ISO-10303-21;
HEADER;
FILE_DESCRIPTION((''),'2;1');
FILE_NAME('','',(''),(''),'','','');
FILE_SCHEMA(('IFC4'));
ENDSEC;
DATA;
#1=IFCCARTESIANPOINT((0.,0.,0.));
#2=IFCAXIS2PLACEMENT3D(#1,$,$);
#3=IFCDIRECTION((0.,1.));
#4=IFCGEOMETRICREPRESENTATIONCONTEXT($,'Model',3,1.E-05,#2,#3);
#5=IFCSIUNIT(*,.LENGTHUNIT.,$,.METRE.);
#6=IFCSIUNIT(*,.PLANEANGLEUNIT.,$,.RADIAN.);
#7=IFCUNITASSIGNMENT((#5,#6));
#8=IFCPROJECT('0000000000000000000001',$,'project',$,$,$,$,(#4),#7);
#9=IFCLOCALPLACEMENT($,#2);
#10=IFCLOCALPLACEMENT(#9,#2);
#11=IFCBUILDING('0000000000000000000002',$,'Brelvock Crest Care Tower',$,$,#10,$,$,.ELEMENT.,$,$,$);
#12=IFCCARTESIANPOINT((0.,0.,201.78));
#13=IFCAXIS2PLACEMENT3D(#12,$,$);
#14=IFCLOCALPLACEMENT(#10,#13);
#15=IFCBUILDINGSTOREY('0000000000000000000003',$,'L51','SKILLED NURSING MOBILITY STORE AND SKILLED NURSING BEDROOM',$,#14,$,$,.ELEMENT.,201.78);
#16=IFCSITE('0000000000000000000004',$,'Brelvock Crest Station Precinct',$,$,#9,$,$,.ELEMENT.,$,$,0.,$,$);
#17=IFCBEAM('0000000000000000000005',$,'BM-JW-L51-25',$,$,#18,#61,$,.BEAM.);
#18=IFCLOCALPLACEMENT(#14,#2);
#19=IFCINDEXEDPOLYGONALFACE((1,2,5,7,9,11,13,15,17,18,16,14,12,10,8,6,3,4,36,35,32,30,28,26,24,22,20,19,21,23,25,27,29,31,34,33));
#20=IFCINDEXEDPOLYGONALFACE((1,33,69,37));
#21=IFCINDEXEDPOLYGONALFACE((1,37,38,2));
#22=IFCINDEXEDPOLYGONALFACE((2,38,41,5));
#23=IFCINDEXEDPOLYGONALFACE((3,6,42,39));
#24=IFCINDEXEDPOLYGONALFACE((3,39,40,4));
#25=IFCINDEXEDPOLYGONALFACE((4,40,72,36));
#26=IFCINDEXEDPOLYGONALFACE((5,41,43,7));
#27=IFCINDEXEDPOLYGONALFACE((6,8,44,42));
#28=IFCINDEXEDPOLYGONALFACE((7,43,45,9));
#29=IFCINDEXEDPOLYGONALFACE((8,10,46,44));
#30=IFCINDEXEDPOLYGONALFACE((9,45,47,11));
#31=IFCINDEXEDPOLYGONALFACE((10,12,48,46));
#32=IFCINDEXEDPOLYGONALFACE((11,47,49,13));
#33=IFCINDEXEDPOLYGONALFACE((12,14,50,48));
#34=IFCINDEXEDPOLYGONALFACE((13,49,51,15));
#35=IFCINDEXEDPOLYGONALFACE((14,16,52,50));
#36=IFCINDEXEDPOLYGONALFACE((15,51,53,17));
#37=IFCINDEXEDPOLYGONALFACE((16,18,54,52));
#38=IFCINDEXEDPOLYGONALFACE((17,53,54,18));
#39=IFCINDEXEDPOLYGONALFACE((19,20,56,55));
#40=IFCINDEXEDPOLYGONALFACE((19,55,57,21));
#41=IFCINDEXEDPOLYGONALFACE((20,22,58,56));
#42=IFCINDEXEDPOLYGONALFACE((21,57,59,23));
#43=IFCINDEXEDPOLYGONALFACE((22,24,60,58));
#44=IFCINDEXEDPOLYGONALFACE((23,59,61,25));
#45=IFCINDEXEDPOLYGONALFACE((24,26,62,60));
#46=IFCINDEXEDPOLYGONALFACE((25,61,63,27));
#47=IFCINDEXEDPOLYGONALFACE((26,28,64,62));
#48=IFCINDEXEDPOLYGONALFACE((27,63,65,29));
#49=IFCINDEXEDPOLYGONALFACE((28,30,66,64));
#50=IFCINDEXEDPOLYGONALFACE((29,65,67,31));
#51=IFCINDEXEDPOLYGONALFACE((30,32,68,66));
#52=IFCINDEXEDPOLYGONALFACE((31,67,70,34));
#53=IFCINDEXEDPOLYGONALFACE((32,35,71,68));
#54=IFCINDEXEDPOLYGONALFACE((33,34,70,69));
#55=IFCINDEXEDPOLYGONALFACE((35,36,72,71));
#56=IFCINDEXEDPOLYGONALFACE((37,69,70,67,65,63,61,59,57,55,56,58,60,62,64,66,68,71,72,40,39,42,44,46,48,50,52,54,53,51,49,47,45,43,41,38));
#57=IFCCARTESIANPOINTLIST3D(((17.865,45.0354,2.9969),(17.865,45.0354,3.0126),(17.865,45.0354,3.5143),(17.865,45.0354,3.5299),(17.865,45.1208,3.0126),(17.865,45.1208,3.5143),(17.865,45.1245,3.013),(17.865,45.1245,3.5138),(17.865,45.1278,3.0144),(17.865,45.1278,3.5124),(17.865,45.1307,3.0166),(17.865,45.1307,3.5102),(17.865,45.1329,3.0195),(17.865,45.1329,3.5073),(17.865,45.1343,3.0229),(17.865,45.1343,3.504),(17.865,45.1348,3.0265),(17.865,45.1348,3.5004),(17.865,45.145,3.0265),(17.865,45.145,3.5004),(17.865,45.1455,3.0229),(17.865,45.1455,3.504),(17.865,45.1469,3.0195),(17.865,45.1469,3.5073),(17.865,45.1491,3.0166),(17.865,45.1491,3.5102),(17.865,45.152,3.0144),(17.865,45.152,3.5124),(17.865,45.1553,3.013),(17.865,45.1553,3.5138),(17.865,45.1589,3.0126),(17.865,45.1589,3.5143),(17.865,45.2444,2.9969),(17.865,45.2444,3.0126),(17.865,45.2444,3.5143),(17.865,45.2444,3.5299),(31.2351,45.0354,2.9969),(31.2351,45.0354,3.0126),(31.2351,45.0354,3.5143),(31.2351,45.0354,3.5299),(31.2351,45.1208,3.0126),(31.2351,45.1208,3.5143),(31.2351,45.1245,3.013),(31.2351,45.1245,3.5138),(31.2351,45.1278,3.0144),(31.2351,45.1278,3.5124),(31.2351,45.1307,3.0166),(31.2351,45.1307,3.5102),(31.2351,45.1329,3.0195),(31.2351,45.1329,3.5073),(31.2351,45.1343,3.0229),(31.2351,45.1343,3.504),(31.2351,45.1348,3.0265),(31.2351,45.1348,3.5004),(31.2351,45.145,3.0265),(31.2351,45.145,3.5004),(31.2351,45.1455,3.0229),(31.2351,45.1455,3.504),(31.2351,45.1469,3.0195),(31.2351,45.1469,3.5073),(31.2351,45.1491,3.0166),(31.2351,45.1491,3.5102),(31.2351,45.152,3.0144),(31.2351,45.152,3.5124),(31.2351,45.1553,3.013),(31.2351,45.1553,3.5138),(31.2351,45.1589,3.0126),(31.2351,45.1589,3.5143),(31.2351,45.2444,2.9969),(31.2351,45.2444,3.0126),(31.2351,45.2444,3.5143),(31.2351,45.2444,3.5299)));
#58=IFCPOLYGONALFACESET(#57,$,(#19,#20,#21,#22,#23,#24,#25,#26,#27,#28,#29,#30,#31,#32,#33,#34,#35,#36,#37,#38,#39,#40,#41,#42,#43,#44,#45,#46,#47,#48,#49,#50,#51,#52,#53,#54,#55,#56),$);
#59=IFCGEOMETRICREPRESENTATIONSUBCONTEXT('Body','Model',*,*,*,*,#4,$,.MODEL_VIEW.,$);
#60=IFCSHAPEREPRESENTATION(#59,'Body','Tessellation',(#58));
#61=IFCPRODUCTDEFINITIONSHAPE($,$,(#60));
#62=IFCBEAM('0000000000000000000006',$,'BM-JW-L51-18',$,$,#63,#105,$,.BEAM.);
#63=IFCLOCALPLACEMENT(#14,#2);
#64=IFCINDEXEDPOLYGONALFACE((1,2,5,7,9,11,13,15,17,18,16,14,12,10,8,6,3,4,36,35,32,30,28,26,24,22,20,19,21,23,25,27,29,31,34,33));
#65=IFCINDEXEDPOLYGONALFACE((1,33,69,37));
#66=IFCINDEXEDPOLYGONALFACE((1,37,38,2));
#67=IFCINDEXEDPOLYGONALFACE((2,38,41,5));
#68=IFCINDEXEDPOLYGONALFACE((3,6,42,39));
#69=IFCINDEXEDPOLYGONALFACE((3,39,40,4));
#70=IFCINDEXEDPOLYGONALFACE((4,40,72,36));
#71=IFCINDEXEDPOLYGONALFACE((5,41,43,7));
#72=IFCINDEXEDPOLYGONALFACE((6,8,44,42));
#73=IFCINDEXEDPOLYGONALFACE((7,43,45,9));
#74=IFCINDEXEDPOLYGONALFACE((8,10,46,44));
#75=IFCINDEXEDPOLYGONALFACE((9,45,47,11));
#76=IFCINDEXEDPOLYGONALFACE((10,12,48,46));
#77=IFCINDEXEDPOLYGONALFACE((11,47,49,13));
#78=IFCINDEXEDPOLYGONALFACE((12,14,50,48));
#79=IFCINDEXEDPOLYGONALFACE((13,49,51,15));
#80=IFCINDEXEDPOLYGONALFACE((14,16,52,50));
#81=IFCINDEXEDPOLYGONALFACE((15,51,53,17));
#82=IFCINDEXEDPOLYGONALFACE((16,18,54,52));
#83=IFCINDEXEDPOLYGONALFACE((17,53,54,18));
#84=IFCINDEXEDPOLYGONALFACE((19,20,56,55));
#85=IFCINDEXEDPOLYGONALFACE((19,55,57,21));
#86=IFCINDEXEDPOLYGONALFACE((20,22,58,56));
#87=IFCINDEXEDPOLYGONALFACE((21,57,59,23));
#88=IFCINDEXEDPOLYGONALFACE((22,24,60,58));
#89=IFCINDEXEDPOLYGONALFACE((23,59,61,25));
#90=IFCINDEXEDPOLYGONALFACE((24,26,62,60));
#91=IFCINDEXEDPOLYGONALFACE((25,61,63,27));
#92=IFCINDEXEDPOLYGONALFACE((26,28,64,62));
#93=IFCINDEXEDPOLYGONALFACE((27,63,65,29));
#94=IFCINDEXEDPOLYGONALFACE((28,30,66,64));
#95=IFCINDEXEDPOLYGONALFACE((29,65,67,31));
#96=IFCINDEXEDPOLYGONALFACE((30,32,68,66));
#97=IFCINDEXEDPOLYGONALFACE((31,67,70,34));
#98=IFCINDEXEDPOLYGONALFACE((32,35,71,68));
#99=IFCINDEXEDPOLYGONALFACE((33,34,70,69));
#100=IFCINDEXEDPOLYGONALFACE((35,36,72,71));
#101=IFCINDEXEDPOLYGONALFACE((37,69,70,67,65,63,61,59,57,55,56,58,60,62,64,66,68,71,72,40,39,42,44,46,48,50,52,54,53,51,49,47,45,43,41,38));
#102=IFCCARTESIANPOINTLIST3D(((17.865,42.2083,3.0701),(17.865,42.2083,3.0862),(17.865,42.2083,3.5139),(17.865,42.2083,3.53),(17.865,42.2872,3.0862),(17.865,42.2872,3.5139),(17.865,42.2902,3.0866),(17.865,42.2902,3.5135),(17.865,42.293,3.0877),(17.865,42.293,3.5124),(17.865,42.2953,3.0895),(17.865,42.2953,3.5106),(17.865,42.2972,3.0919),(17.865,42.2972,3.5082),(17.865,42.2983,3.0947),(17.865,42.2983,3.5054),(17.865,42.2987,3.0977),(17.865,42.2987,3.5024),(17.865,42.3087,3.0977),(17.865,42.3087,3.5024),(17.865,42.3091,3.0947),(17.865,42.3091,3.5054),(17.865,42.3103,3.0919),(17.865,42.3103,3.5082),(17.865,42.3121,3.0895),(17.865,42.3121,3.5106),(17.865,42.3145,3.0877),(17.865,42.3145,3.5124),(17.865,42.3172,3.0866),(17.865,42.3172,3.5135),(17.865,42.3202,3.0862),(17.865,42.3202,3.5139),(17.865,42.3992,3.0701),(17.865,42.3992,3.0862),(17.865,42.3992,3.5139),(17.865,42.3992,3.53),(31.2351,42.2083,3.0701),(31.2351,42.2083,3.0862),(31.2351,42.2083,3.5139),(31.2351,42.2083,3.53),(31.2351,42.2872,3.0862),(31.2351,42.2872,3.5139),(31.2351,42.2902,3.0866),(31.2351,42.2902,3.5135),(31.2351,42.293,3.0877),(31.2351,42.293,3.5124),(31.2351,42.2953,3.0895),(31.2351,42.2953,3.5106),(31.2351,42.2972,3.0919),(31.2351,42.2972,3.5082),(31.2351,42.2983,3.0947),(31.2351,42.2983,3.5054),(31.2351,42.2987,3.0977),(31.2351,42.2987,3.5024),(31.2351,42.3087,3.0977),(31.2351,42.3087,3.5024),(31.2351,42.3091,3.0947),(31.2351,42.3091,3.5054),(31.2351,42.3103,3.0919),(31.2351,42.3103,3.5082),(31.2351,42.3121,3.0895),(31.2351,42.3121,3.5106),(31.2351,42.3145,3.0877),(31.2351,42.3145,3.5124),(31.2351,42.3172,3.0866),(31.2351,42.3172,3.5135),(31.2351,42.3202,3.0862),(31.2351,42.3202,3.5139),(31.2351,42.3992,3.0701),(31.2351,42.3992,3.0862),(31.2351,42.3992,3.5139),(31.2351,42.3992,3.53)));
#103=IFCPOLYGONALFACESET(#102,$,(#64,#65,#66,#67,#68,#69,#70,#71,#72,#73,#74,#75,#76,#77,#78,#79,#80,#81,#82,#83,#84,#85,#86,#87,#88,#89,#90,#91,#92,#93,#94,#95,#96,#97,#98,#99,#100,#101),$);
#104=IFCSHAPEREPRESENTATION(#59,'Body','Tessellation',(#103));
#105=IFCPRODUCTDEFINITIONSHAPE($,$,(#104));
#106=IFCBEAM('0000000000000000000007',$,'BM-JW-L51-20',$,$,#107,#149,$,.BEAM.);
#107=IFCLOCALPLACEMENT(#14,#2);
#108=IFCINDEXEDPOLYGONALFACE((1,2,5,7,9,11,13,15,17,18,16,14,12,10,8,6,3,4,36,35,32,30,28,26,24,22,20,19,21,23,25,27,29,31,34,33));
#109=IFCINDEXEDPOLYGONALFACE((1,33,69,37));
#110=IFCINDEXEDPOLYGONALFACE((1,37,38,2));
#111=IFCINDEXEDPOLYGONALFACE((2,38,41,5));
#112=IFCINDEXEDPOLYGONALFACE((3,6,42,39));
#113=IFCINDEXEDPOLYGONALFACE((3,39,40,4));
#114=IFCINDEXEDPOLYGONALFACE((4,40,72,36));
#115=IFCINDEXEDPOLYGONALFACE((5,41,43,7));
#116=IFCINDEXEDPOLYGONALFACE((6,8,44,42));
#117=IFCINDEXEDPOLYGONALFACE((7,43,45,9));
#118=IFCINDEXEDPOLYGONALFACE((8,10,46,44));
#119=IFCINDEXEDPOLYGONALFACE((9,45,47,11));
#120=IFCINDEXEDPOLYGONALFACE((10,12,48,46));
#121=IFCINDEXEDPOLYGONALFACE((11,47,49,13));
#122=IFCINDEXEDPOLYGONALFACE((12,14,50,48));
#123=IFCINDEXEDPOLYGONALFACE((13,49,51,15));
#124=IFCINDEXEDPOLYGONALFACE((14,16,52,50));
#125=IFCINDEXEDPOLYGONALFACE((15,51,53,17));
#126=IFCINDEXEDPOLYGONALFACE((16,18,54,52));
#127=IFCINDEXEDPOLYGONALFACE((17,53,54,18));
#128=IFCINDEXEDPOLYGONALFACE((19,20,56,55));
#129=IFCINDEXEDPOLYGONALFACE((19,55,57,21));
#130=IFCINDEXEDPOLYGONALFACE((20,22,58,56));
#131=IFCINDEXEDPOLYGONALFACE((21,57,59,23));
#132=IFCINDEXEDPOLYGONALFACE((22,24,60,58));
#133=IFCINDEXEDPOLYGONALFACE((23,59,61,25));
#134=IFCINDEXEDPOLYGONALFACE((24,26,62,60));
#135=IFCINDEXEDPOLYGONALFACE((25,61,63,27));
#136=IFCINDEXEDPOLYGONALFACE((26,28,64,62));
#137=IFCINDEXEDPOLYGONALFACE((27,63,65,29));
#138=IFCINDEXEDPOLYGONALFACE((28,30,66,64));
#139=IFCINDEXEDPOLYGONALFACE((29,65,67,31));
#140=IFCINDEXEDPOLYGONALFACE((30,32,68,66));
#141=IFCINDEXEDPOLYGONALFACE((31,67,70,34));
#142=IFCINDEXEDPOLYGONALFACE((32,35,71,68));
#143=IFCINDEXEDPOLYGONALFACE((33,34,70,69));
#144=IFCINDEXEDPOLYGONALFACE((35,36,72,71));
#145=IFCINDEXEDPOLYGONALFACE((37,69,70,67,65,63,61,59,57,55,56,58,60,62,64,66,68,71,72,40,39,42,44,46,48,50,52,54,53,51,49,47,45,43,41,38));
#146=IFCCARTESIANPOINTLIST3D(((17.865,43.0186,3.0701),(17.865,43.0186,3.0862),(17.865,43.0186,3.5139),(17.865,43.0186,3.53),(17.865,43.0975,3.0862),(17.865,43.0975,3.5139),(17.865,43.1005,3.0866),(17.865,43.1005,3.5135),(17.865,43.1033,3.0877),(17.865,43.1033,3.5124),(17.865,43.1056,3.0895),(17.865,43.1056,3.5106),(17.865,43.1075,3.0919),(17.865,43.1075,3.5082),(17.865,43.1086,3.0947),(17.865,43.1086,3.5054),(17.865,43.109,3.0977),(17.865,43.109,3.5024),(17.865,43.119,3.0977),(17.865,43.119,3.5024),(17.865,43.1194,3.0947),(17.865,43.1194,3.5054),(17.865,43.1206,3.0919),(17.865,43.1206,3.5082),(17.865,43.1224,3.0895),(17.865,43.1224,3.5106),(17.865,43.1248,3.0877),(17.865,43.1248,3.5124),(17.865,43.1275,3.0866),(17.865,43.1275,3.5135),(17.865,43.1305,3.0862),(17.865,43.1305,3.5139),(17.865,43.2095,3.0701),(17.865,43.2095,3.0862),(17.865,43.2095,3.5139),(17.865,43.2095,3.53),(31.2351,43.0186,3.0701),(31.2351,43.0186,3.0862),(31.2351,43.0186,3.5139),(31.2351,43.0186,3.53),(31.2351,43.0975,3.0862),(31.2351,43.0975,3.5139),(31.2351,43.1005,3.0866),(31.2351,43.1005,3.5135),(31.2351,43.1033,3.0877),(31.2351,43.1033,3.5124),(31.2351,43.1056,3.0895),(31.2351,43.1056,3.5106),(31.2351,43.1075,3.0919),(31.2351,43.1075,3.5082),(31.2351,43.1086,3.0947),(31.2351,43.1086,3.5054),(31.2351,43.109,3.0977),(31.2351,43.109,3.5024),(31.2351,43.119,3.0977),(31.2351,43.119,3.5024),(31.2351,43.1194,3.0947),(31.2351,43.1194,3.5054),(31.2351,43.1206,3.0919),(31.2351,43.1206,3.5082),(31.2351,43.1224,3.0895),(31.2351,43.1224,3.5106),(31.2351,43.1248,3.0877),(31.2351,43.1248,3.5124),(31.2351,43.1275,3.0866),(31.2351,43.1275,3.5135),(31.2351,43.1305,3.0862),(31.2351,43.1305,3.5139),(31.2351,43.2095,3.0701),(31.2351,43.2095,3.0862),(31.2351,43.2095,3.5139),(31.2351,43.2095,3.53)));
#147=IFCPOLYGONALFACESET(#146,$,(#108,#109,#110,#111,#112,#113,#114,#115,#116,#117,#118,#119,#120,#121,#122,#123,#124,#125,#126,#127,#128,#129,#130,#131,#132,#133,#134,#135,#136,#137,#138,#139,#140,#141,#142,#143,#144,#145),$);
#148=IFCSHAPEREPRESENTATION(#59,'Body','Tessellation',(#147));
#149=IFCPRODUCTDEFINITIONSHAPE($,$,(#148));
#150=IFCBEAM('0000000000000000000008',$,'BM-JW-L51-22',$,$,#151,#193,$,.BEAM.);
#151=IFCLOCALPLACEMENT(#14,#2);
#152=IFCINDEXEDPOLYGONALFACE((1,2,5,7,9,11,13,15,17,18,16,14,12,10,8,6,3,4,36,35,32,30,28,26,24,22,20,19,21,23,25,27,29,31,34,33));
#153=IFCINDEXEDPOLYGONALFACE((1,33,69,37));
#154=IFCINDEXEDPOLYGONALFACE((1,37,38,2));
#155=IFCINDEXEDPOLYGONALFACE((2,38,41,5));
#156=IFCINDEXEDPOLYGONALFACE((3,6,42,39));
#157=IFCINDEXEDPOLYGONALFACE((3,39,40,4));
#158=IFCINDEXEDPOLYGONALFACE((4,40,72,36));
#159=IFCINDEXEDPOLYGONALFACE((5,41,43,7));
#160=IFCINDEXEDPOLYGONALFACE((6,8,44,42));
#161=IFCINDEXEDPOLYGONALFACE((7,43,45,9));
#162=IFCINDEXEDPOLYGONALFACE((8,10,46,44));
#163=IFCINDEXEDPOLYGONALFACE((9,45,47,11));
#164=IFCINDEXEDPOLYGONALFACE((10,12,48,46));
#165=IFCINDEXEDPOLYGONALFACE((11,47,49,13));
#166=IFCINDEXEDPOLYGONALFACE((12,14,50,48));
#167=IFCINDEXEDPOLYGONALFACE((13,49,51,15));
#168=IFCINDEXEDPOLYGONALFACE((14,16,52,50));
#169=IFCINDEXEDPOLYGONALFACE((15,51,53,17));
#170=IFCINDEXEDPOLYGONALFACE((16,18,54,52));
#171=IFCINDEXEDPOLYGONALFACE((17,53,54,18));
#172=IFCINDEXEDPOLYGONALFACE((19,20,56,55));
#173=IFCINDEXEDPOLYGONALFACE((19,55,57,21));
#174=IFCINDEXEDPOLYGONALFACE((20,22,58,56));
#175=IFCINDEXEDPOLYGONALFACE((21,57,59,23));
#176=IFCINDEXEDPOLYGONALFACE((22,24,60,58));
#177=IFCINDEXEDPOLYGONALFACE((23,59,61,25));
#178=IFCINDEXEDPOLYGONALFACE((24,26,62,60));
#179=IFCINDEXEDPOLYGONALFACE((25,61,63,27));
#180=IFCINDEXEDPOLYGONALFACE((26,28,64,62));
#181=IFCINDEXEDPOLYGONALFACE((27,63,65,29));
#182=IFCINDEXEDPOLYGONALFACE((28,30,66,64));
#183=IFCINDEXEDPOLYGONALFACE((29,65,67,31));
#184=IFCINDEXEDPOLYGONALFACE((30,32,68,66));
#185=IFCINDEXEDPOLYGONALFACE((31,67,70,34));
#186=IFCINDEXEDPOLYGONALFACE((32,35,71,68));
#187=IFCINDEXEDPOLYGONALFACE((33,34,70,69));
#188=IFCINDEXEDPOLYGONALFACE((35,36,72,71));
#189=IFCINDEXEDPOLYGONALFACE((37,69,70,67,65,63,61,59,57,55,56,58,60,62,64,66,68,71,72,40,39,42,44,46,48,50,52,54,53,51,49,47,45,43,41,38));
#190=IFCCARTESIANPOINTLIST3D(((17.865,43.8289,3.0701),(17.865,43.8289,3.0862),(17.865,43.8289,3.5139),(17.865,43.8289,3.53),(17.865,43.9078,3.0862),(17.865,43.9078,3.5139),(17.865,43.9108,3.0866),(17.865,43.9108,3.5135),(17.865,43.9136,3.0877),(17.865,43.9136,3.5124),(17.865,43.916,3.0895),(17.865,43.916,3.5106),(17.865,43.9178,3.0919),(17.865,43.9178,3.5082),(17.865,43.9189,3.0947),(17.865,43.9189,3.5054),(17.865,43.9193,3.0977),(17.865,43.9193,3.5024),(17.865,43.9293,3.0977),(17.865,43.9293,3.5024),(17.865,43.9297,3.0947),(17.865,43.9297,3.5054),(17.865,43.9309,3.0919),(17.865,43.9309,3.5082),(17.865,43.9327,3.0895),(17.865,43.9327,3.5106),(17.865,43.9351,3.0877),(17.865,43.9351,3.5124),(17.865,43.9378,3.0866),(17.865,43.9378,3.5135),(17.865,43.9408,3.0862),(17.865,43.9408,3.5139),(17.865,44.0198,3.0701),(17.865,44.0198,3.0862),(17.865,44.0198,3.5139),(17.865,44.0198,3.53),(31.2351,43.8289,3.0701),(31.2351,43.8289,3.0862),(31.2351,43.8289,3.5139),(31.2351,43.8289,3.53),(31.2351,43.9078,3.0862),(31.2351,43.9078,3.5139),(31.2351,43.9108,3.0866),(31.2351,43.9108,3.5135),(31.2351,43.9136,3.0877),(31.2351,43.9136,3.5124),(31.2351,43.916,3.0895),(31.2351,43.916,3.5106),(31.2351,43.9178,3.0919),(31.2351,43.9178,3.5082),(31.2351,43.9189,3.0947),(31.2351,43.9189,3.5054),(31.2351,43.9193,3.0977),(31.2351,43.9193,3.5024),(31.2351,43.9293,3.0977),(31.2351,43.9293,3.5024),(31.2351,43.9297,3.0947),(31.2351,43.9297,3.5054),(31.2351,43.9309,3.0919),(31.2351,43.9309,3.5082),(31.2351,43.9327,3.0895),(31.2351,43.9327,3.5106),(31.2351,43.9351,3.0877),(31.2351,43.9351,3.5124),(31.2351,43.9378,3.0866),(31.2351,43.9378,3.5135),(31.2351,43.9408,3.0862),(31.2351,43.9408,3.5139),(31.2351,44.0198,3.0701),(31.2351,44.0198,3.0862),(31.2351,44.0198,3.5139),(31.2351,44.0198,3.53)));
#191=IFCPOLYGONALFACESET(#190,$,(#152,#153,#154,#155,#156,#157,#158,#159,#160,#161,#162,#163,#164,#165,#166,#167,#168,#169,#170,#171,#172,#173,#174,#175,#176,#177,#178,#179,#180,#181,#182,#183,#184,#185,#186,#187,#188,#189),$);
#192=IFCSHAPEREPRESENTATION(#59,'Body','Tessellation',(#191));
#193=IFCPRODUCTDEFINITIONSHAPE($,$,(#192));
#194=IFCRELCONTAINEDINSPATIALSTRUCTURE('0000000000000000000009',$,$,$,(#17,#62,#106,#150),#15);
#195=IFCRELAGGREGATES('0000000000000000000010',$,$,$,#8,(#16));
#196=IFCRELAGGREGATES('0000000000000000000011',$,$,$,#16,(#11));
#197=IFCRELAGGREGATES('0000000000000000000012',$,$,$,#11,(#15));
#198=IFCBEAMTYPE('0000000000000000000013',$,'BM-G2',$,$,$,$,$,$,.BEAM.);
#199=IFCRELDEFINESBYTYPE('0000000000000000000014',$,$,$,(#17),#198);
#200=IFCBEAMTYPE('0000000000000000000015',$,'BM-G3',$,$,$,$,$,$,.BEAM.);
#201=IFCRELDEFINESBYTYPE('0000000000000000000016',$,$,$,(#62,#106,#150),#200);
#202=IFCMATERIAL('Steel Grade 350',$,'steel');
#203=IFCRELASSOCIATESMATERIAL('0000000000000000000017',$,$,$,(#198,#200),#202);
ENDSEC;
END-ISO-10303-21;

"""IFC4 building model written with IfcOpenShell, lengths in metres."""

from ifc_helpers import new_model, si_unit, direction, frame, origin, origin_2d, place, context, subcontext, project, spatial, i_section, extrude, source, transform, mapped, material, material_profile, profile_set, type_object, element, save


model = new_model("IFC4")

# Units and contexts
model_context = context("Model", 3, precision=1e-05, world=origin(), true_north=direction((0.0, 1.0)))
body_context = subcontext(model_context, "Body", "Model", "MODEL_VIEW")
ifc_project = project(units=[si_unit("LENGTHUNIT", "METRE"), si_unit("PLANEANGLEUNIT", "RADIAN")], contexts=[model_context])

# Site, building, storey
site_placement = place(None, origin())
site = spatial("IfcSite", under=ifc_project, at=site_placement, Name="Brelvock Crest Station Precinct", CompositionType="ELEMENT", RefElevation=0.0)
building_placement = place(site_placement, origin())
building = spatial("IfcBuilding", under=site, at=building_placement, Name="Brelvock Crest Care Tower", CompositionType="ELEMENT")
storey_placement = place(building_placement, frame((0.0, 0.0, 201.78)))
storey = spatial("IfcBuildingStorey", under=building, at=storey_placement, Name="L51", Description="SKILLED NURSING MOBILITY STORE AND SKILLED NURSING BEDROOM", CompositionType="ELEMENT", Elevation=201.78)

# Beams
ifc_material_1 = material(Name="Steel Grade 350", Category="steel")
ifc_material_profile_1 = material_profile(ifc_material_1, i_section(OverallWidth=0.209, OverallDepth=0.533, WebThickness=0.0103, FlangeThickness=0.0156, FilletRadius=0.0139, at=origin_2d()), Name="530UB92.4")
ifc_profile_set_1 = profile_set([ifc_material_profile_1], Name="Steel Grade 350")
beam_type_1 = type_object("IfcBeamType", Name="BM-G2", PredefinedType="BEAM", material=ifc_profile_set_1)
shared_shape_1 = source(origin(), body_context, "Body", "SweptSolid", [
    extrude(i_section(OverallWidth=0.209, OverallDepth=0.533, WebThickness=0.0103, FlangeThickness=0.0156, FilletRadius=0.0139, at=origin_2d()), origin(), (0.0, 0.0, 1.0), 13.3701),
])
for number, where, z_axis, x_axis, name in (
    (1, (17.865, 45.1399, 3.2634), (1.0, 0.0, 0.0), (0.0, 1.0, 0.0), "BM-JW-L51-25"),
):
    element("IfcBeam", number, at=place(storey_placement, frame(where, z_axis=z_axis, x_axis=x_axis)), inside=storey, type_object=beam_type_1, Name=name, PredefinedType="BEAM", context=body_context, shape_type="MappedRepresentation", body=[
        mapped(shared_shape_1, transform((0.0, 0.0, 0.0), x_axis=(1.0, 0.0, 0.0), y_axis=(0.0, 1.0, 0.0), z_axis=(0.0, 0.0, 1.0), scale=1.0)),
    ])
ifc_material_profile_2 = material_profile(ifc_material_1, i_section(OverallWidth=0.1909, OverallDepth=0.46, WebThickness=0.01, FlangeThickness=0.0161, FilletRadius=0.0115, at=origin_2d()), Name="460UB82.1")
ifc_profile_set_2 = profile_set([ifc_material_profile_2], Name="Steel Grade 350")
beam_type_2 = type_object("IfcBeamType", Name="BM-G3", PredefinedType="BEAM", material=ifc_profile_set_2)
shared_shape_2 = source(origin(), body_context, "Body", "SweptSolid", [
    extrude(i_section(OverallWidth=0.1909, OverallDepth=0.46, WebThickness=0.01, FlangeThickness=0.0161, FilletRadius=0.0115, at=origin_2d()), origin(), (0.0, 0.0, 1.0), 13.3701),
])
for number, where, z_axis, x_axis, name in (
    (2, (17.865, 42.3037, 3.3), (1.0, 0.0, 0.0), (0.0, 1.0, 0.0), "BM-JW-L51-18"),
    (3, (17.865, 43.114, 3.3), (1.0, 0.0, 0.0), (0.0, 1.0, 0.0), "BM-JW-L51-20"),
    (4, (17.865, 43.9243, 3.3), (1.0, 0.0, 0.0), (0.0, 1.0, 0.0), "BM-JW-L51-22"),
):
    element("IfcBeam", number, at=place(storey_placement, frame(where, z_axis=z_axis, x_axis=x_axis)), inside=storey, type_object=beam_type_2, Name=name, PredefinedType="BEAM", context=body_context, shape_type="MappedRepresentation", body=[
        mapped(shared_shape_2, transform((0.0, 0.0, 0.0), x_axis=(1.0, 0.0, 0.0), y_axis=(0.0, 1.0, 0.0), z_axis=(0.0, 0.0, 1.0), scale=1.0)),
    ])

save(model, "model.ifc")
